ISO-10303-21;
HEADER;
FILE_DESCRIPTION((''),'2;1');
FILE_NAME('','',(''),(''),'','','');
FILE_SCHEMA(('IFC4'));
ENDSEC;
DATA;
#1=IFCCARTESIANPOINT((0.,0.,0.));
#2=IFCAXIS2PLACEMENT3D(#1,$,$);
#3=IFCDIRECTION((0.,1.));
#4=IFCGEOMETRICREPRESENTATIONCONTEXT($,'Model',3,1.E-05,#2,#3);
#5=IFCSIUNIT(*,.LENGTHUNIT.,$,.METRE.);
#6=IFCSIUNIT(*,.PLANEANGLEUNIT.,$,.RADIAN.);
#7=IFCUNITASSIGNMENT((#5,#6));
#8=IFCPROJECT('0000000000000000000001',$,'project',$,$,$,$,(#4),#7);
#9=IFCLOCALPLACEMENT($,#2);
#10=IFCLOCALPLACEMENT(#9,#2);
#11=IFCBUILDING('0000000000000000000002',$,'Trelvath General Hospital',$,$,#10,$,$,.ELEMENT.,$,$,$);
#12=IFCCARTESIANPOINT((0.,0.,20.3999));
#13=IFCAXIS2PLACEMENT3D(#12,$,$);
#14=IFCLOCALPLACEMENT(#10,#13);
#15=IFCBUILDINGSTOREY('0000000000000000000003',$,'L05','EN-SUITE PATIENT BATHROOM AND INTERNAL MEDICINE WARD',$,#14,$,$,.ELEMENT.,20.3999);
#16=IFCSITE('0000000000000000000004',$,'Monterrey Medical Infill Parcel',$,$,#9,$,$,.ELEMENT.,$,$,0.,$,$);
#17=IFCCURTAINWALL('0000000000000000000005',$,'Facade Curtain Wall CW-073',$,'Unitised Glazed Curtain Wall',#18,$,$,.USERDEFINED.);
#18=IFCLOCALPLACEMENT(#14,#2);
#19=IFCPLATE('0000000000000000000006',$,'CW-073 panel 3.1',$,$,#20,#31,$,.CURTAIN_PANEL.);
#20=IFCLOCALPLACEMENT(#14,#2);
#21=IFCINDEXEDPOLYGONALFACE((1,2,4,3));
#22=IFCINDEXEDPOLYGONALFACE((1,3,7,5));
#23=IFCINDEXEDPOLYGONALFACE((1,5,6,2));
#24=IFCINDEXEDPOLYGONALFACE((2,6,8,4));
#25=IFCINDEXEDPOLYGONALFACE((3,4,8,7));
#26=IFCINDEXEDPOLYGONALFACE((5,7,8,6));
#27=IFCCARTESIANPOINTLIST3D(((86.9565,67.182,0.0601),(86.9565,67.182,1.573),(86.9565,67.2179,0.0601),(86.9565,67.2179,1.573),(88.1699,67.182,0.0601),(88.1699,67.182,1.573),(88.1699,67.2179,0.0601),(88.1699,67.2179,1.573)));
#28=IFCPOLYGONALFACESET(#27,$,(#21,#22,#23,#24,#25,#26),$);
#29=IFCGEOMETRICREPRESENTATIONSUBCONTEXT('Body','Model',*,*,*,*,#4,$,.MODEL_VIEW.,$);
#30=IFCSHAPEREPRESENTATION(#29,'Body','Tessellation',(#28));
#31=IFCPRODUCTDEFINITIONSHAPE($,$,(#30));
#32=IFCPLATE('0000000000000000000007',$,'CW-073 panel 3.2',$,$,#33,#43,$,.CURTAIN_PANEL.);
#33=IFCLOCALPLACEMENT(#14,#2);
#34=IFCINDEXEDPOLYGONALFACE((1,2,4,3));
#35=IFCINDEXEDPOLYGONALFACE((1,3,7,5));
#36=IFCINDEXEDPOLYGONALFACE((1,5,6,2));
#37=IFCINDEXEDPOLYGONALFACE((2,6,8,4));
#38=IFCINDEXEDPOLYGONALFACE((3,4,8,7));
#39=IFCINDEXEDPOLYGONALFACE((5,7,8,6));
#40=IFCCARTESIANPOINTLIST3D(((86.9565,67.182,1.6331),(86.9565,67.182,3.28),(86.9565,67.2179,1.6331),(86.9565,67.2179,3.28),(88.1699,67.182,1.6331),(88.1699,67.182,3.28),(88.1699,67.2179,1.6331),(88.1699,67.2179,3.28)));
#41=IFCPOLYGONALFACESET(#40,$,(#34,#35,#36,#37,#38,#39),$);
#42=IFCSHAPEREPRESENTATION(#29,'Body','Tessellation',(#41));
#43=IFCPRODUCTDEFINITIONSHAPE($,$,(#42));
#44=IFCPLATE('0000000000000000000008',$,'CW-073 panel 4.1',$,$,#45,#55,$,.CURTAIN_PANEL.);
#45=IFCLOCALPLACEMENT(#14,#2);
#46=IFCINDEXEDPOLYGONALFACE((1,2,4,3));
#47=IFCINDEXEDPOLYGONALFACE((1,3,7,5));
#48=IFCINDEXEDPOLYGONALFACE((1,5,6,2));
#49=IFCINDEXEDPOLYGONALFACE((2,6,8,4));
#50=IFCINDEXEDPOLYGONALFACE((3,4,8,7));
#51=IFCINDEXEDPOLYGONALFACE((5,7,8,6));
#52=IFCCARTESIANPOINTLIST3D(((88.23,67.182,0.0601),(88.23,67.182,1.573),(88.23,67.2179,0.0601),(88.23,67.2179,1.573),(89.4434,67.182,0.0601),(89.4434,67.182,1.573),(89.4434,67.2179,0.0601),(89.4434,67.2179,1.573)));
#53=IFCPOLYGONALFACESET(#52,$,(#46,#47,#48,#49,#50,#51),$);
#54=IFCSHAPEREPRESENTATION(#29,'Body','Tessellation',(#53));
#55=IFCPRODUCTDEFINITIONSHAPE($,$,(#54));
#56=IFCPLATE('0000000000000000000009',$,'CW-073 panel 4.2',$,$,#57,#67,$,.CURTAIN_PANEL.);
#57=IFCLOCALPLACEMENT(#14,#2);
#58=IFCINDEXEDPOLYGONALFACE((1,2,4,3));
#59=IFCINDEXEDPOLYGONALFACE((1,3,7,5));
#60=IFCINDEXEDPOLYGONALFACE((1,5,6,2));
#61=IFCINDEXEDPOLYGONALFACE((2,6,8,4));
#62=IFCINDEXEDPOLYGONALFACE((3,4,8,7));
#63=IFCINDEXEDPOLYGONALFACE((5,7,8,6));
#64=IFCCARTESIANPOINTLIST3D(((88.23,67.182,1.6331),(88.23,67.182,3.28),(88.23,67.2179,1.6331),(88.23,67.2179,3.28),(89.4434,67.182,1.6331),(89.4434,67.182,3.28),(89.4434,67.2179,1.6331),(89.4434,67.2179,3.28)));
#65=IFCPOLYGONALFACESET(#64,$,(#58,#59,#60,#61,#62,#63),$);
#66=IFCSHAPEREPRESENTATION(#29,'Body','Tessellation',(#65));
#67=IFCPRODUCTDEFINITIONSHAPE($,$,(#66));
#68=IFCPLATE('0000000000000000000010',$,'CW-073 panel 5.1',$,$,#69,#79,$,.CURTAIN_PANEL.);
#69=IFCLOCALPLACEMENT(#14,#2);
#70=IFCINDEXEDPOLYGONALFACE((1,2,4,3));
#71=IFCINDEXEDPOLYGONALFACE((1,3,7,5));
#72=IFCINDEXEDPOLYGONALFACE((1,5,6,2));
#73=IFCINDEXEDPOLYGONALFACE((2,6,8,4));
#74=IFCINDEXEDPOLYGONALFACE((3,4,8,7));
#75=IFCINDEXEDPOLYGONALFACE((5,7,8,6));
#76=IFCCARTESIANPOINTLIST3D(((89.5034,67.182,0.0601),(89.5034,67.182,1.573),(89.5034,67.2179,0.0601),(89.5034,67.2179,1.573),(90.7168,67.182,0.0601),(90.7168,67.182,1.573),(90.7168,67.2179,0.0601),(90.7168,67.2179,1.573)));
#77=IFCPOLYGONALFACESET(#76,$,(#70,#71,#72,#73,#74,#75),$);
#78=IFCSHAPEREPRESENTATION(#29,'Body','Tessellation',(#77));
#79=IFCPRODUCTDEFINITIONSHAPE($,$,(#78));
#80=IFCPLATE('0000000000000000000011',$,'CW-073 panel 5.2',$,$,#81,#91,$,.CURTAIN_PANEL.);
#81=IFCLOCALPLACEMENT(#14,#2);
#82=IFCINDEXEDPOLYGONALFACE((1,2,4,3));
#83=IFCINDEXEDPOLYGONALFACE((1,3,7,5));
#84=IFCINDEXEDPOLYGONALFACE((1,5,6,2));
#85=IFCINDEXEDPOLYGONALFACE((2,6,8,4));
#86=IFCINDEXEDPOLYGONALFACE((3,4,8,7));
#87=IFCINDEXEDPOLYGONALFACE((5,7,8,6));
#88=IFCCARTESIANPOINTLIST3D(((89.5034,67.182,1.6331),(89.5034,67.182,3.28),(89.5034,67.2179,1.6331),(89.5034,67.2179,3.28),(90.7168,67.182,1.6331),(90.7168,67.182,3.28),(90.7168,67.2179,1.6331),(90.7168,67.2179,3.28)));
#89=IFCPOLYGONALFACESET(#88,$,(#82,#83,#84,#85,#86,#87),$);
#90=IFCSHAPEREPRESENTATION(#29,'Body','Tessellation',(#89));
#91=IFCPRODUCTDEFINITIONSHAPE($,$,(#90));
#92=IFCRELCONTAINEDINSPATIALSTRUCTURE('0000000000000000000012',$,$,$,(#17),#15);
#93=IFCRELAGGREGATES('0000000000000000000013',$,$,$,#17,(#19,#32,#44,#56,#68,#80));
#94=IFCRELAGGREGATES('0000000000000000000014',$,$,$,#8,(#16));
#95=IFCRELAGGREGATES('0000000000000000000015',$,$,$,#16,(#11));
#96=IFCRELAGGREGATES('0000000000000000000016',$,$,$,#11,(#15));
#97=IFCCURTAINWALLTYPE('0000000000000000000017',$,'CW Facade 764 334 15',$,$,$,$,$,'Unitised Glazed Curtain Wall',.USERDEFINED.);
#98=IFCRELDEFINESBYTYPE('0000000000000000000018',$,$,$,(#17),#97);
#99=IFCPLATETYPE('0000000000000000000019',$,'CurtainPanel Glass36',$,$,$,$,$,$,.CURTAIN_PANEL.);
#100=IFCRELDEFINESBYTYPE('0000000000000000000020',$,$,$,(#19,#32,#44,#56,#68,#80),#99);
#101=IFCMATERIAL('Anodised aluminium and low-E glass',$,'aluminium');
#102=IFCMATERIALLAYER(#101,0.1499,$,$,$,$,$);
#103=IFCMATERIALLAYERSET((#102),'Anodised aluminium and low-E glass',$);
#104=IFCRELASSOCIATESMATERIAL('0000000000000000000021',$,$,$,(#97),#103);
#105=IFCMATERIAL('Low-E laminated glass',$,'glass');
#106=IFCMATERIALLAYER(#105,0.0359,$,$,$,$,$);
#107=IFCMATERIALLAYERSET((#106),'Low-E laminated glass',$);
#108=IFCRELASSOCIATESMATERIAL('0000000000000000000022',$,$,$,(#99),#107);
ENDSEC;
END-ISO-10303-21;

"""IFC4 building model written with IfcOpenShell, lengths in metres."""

from ifc_helpers import new_model, si_unit, direction, frame, origin, origin_2d, place, context, subcontext, project, spatial, rectangle, extrude, material, layer, layer_set, type_object, element, aggregate, save


model = new_model("IFC4")

# Units and contexts
model_context = context("Model", 3, precision=1e-05, world=origin(), true_north=direction((0.0, 1.0)))
body_context = subcontext(model_context, "Body", "Model", "MODEL_VIEW")
ifc_project = project(units=[si_unit("LENGTHUNIT", "METRE"), si_unit("PLANEANGLEUNIT", "RADIAN")], contexts=[model_context])

# Site, building, storey
site_placement = place(None, origin())
site = spatial("IfcSite", under=ifc_project, at=site_placement, Name="Monterrey Medical Infill Parcel", CompositionType="ELEMENT", RefElevation=0.0)
building_placement = place(site_placement, origin())
building = spatial("IfcBuilding", under=site, at=building_placement, Name="Trelvath General Hospital", CompositionType="ELEMENT")
storey_placement = place(building_placement, frame((0.0, 0.0, 20.3999)))
storey = spatial("IfcBuildingStorey", under=building, at=storey_placement, Name="L05", Description="EN-SUITE PATIENT BATHROOM AND INTERNAL MEDICINE WARD", CompositionType="ELEMENT", Elevation=20.3999)

# Curtain wall, plates
ifc_material_1 = material(Name="Anodised aluminium and low-E glass", Category="aluminium")
ifc_layer_1 = layer(ifc_material_1, 0.1499)
ifc_layer_set_1 = layer_set([ifc_layer_1], Name="Anodised aluminium and low-E glass")
curtain_wall_type = type_object("IfcCurtainWallType", Name="CW Facade 764 334 15", ElementType="Unitised Glazed Curtain Wall", PredefinedType="USERDEFINED", material=ifc_layer_set_1)
curtain_wall_placement = place(storey_placement, origin())
curtain_wall = element("IfcCurtainWall", 1, at=curtain_wall_placement, inside=storey, type_object=curtain_wall_type, Name="Facade Curtain Wall CW-073", ObjectType="Unitised Glazed Curtain Wall", PredefinedType="USERDEFINED")
ifc_material_2 = material(Name="Low-E laminated glass", Category="glass")
ifc_layer_2 = layer(ifc_material_2, 0.0359)
ifc_layer_set_2 = layer_set([ifc_layer_2], Name="Low-E laminated glass")
plate_type = type_object("IfcPlateType", Name="CurtainPanel Glass36", PredefinedType="CURTAIN_PANEL", material=ifc_layer_set_2)
plate_1_placement = place(storey_placement, frame((87.5632, 67.2, 0.0601), z_axis=(0.0, 0.0, 1.0), x_axis=(1.0, 0.0, 0.0)))
plate_1 = element("IfcPlate", 2, at=plate_1_placement, type_object=plate_type, Name="CW-073 panel 3.1", PredefinedType="CURTAIN_PANEL", context=body_context, shape_type="SweptSolid", body=[
    extrude(rectangle(XDim=1.2134, YDim=0.0359, at=origin_2d()), origin(), (0.0, 0.0, 1.0), 1.5129),
])
plate_2_placement = place(storey_placement, frame((87.5632, 67.2, 1.6331), z_axis=(0.0, 0.0, 1.0), x_axis=(1.0, 0.0, 0.0)))
plate_2 = element("IfcPlate", 3, at=plate_2_placement, type_object=plate_type, Name="CW-073 panel 3.2", PredefinedType="CURTAIN_PANEL", context=body_context, shape_type="SweptSolid", body=[
    extrude(rectangle(XDim=1.2134, YDim=0.0359, at=origin_2d()), origin(), (0.0, 0.0, 1.0), 1.647),
])
plate_3_placement = place(storey_placement, frame((88.8367, 67.2, 0.0601), z_axis=(0.0, 0.0, 1.0), x_axis=(1.0, 0.0, 0.0)))
plate_3 = element("IfcPlate", 4, at=plate_3_placement, type_object=plate_type, Name="CW-073 panel 4.1", PredefinedType="CURTAIN_PANEL", context=body_context, shape_type="SweptSolid", body=[
    extrude(rectangle(XDim=1.2134, YDim=0.0359, at=origin_2d()), origin(), (0.0, 0.0, 1.0), 1.5129),
])
plate_4_placement = place(storey_placement, frame((88.8367, 67.2, 1.6331), z_axis=(0.0, 0.0, 1.0), x_axis=(1.0, 0.0, 0.0)))
plate_4 = element("IfcPlate", 5, at=plate_4_placement, type_object=plate_type, Name="CW-073 panel 4.2", PredefinedType="CURTAIN_PANEL", context=body_context, shape_type="SweptSolid", body=[
    extrude(rectangle(XDim=1.2134, YDim=0.0359, at=origin_2d()), origin(), (0.0, 0.0, 1.0), 1.647),
])
plate_5_placement = place(storey_placement, frame((90.1101, 67.2, 0.0601), z_axis=(0.0, 0.0, 1.0), x_axis=(1.0, 0.0, 0.0)))
plate_5 = element("IfcPlate", 6, at=plate_5_placement, type_object=plate_type, Name="CW-073 panel 5.1", PredefinedType="CURTAIN_PANEL", context=body_context, shape_type="SweptSolid", body=[
    extrude(rectangle(XDim=1.2134, YDim=0.0359, at=origin_2d()), origin(), (0.0, 0.0, 1.0), 1.5129),
])
plate_6_placement = place(storey_placement, frame((90.1101, 67.2, 1.6331), z_axis=(0.0, 0.0, 1.0), x_axis=(1.0, 0.0, 0.0)))
plate_6 = element("IfcPlate", 7, at=plate_6_placement, type_object=plate_type, Name="CW-073 panel 5.2", PredefinedType="CURTAIN_PANEL", context=body_context, shape_type="SweptSolid", body=[
    extrude(rectangle(XDim=1.2134, YDim=0.0359, at=origin_2d()), origin(), (0.0, 0.0, 1.0), 1.647),
])
aggregate(curtain_wall, [plate_1, plate_2, plate_3, plate_4, plate_5, plate_6])

save(model, "model.ifc")
